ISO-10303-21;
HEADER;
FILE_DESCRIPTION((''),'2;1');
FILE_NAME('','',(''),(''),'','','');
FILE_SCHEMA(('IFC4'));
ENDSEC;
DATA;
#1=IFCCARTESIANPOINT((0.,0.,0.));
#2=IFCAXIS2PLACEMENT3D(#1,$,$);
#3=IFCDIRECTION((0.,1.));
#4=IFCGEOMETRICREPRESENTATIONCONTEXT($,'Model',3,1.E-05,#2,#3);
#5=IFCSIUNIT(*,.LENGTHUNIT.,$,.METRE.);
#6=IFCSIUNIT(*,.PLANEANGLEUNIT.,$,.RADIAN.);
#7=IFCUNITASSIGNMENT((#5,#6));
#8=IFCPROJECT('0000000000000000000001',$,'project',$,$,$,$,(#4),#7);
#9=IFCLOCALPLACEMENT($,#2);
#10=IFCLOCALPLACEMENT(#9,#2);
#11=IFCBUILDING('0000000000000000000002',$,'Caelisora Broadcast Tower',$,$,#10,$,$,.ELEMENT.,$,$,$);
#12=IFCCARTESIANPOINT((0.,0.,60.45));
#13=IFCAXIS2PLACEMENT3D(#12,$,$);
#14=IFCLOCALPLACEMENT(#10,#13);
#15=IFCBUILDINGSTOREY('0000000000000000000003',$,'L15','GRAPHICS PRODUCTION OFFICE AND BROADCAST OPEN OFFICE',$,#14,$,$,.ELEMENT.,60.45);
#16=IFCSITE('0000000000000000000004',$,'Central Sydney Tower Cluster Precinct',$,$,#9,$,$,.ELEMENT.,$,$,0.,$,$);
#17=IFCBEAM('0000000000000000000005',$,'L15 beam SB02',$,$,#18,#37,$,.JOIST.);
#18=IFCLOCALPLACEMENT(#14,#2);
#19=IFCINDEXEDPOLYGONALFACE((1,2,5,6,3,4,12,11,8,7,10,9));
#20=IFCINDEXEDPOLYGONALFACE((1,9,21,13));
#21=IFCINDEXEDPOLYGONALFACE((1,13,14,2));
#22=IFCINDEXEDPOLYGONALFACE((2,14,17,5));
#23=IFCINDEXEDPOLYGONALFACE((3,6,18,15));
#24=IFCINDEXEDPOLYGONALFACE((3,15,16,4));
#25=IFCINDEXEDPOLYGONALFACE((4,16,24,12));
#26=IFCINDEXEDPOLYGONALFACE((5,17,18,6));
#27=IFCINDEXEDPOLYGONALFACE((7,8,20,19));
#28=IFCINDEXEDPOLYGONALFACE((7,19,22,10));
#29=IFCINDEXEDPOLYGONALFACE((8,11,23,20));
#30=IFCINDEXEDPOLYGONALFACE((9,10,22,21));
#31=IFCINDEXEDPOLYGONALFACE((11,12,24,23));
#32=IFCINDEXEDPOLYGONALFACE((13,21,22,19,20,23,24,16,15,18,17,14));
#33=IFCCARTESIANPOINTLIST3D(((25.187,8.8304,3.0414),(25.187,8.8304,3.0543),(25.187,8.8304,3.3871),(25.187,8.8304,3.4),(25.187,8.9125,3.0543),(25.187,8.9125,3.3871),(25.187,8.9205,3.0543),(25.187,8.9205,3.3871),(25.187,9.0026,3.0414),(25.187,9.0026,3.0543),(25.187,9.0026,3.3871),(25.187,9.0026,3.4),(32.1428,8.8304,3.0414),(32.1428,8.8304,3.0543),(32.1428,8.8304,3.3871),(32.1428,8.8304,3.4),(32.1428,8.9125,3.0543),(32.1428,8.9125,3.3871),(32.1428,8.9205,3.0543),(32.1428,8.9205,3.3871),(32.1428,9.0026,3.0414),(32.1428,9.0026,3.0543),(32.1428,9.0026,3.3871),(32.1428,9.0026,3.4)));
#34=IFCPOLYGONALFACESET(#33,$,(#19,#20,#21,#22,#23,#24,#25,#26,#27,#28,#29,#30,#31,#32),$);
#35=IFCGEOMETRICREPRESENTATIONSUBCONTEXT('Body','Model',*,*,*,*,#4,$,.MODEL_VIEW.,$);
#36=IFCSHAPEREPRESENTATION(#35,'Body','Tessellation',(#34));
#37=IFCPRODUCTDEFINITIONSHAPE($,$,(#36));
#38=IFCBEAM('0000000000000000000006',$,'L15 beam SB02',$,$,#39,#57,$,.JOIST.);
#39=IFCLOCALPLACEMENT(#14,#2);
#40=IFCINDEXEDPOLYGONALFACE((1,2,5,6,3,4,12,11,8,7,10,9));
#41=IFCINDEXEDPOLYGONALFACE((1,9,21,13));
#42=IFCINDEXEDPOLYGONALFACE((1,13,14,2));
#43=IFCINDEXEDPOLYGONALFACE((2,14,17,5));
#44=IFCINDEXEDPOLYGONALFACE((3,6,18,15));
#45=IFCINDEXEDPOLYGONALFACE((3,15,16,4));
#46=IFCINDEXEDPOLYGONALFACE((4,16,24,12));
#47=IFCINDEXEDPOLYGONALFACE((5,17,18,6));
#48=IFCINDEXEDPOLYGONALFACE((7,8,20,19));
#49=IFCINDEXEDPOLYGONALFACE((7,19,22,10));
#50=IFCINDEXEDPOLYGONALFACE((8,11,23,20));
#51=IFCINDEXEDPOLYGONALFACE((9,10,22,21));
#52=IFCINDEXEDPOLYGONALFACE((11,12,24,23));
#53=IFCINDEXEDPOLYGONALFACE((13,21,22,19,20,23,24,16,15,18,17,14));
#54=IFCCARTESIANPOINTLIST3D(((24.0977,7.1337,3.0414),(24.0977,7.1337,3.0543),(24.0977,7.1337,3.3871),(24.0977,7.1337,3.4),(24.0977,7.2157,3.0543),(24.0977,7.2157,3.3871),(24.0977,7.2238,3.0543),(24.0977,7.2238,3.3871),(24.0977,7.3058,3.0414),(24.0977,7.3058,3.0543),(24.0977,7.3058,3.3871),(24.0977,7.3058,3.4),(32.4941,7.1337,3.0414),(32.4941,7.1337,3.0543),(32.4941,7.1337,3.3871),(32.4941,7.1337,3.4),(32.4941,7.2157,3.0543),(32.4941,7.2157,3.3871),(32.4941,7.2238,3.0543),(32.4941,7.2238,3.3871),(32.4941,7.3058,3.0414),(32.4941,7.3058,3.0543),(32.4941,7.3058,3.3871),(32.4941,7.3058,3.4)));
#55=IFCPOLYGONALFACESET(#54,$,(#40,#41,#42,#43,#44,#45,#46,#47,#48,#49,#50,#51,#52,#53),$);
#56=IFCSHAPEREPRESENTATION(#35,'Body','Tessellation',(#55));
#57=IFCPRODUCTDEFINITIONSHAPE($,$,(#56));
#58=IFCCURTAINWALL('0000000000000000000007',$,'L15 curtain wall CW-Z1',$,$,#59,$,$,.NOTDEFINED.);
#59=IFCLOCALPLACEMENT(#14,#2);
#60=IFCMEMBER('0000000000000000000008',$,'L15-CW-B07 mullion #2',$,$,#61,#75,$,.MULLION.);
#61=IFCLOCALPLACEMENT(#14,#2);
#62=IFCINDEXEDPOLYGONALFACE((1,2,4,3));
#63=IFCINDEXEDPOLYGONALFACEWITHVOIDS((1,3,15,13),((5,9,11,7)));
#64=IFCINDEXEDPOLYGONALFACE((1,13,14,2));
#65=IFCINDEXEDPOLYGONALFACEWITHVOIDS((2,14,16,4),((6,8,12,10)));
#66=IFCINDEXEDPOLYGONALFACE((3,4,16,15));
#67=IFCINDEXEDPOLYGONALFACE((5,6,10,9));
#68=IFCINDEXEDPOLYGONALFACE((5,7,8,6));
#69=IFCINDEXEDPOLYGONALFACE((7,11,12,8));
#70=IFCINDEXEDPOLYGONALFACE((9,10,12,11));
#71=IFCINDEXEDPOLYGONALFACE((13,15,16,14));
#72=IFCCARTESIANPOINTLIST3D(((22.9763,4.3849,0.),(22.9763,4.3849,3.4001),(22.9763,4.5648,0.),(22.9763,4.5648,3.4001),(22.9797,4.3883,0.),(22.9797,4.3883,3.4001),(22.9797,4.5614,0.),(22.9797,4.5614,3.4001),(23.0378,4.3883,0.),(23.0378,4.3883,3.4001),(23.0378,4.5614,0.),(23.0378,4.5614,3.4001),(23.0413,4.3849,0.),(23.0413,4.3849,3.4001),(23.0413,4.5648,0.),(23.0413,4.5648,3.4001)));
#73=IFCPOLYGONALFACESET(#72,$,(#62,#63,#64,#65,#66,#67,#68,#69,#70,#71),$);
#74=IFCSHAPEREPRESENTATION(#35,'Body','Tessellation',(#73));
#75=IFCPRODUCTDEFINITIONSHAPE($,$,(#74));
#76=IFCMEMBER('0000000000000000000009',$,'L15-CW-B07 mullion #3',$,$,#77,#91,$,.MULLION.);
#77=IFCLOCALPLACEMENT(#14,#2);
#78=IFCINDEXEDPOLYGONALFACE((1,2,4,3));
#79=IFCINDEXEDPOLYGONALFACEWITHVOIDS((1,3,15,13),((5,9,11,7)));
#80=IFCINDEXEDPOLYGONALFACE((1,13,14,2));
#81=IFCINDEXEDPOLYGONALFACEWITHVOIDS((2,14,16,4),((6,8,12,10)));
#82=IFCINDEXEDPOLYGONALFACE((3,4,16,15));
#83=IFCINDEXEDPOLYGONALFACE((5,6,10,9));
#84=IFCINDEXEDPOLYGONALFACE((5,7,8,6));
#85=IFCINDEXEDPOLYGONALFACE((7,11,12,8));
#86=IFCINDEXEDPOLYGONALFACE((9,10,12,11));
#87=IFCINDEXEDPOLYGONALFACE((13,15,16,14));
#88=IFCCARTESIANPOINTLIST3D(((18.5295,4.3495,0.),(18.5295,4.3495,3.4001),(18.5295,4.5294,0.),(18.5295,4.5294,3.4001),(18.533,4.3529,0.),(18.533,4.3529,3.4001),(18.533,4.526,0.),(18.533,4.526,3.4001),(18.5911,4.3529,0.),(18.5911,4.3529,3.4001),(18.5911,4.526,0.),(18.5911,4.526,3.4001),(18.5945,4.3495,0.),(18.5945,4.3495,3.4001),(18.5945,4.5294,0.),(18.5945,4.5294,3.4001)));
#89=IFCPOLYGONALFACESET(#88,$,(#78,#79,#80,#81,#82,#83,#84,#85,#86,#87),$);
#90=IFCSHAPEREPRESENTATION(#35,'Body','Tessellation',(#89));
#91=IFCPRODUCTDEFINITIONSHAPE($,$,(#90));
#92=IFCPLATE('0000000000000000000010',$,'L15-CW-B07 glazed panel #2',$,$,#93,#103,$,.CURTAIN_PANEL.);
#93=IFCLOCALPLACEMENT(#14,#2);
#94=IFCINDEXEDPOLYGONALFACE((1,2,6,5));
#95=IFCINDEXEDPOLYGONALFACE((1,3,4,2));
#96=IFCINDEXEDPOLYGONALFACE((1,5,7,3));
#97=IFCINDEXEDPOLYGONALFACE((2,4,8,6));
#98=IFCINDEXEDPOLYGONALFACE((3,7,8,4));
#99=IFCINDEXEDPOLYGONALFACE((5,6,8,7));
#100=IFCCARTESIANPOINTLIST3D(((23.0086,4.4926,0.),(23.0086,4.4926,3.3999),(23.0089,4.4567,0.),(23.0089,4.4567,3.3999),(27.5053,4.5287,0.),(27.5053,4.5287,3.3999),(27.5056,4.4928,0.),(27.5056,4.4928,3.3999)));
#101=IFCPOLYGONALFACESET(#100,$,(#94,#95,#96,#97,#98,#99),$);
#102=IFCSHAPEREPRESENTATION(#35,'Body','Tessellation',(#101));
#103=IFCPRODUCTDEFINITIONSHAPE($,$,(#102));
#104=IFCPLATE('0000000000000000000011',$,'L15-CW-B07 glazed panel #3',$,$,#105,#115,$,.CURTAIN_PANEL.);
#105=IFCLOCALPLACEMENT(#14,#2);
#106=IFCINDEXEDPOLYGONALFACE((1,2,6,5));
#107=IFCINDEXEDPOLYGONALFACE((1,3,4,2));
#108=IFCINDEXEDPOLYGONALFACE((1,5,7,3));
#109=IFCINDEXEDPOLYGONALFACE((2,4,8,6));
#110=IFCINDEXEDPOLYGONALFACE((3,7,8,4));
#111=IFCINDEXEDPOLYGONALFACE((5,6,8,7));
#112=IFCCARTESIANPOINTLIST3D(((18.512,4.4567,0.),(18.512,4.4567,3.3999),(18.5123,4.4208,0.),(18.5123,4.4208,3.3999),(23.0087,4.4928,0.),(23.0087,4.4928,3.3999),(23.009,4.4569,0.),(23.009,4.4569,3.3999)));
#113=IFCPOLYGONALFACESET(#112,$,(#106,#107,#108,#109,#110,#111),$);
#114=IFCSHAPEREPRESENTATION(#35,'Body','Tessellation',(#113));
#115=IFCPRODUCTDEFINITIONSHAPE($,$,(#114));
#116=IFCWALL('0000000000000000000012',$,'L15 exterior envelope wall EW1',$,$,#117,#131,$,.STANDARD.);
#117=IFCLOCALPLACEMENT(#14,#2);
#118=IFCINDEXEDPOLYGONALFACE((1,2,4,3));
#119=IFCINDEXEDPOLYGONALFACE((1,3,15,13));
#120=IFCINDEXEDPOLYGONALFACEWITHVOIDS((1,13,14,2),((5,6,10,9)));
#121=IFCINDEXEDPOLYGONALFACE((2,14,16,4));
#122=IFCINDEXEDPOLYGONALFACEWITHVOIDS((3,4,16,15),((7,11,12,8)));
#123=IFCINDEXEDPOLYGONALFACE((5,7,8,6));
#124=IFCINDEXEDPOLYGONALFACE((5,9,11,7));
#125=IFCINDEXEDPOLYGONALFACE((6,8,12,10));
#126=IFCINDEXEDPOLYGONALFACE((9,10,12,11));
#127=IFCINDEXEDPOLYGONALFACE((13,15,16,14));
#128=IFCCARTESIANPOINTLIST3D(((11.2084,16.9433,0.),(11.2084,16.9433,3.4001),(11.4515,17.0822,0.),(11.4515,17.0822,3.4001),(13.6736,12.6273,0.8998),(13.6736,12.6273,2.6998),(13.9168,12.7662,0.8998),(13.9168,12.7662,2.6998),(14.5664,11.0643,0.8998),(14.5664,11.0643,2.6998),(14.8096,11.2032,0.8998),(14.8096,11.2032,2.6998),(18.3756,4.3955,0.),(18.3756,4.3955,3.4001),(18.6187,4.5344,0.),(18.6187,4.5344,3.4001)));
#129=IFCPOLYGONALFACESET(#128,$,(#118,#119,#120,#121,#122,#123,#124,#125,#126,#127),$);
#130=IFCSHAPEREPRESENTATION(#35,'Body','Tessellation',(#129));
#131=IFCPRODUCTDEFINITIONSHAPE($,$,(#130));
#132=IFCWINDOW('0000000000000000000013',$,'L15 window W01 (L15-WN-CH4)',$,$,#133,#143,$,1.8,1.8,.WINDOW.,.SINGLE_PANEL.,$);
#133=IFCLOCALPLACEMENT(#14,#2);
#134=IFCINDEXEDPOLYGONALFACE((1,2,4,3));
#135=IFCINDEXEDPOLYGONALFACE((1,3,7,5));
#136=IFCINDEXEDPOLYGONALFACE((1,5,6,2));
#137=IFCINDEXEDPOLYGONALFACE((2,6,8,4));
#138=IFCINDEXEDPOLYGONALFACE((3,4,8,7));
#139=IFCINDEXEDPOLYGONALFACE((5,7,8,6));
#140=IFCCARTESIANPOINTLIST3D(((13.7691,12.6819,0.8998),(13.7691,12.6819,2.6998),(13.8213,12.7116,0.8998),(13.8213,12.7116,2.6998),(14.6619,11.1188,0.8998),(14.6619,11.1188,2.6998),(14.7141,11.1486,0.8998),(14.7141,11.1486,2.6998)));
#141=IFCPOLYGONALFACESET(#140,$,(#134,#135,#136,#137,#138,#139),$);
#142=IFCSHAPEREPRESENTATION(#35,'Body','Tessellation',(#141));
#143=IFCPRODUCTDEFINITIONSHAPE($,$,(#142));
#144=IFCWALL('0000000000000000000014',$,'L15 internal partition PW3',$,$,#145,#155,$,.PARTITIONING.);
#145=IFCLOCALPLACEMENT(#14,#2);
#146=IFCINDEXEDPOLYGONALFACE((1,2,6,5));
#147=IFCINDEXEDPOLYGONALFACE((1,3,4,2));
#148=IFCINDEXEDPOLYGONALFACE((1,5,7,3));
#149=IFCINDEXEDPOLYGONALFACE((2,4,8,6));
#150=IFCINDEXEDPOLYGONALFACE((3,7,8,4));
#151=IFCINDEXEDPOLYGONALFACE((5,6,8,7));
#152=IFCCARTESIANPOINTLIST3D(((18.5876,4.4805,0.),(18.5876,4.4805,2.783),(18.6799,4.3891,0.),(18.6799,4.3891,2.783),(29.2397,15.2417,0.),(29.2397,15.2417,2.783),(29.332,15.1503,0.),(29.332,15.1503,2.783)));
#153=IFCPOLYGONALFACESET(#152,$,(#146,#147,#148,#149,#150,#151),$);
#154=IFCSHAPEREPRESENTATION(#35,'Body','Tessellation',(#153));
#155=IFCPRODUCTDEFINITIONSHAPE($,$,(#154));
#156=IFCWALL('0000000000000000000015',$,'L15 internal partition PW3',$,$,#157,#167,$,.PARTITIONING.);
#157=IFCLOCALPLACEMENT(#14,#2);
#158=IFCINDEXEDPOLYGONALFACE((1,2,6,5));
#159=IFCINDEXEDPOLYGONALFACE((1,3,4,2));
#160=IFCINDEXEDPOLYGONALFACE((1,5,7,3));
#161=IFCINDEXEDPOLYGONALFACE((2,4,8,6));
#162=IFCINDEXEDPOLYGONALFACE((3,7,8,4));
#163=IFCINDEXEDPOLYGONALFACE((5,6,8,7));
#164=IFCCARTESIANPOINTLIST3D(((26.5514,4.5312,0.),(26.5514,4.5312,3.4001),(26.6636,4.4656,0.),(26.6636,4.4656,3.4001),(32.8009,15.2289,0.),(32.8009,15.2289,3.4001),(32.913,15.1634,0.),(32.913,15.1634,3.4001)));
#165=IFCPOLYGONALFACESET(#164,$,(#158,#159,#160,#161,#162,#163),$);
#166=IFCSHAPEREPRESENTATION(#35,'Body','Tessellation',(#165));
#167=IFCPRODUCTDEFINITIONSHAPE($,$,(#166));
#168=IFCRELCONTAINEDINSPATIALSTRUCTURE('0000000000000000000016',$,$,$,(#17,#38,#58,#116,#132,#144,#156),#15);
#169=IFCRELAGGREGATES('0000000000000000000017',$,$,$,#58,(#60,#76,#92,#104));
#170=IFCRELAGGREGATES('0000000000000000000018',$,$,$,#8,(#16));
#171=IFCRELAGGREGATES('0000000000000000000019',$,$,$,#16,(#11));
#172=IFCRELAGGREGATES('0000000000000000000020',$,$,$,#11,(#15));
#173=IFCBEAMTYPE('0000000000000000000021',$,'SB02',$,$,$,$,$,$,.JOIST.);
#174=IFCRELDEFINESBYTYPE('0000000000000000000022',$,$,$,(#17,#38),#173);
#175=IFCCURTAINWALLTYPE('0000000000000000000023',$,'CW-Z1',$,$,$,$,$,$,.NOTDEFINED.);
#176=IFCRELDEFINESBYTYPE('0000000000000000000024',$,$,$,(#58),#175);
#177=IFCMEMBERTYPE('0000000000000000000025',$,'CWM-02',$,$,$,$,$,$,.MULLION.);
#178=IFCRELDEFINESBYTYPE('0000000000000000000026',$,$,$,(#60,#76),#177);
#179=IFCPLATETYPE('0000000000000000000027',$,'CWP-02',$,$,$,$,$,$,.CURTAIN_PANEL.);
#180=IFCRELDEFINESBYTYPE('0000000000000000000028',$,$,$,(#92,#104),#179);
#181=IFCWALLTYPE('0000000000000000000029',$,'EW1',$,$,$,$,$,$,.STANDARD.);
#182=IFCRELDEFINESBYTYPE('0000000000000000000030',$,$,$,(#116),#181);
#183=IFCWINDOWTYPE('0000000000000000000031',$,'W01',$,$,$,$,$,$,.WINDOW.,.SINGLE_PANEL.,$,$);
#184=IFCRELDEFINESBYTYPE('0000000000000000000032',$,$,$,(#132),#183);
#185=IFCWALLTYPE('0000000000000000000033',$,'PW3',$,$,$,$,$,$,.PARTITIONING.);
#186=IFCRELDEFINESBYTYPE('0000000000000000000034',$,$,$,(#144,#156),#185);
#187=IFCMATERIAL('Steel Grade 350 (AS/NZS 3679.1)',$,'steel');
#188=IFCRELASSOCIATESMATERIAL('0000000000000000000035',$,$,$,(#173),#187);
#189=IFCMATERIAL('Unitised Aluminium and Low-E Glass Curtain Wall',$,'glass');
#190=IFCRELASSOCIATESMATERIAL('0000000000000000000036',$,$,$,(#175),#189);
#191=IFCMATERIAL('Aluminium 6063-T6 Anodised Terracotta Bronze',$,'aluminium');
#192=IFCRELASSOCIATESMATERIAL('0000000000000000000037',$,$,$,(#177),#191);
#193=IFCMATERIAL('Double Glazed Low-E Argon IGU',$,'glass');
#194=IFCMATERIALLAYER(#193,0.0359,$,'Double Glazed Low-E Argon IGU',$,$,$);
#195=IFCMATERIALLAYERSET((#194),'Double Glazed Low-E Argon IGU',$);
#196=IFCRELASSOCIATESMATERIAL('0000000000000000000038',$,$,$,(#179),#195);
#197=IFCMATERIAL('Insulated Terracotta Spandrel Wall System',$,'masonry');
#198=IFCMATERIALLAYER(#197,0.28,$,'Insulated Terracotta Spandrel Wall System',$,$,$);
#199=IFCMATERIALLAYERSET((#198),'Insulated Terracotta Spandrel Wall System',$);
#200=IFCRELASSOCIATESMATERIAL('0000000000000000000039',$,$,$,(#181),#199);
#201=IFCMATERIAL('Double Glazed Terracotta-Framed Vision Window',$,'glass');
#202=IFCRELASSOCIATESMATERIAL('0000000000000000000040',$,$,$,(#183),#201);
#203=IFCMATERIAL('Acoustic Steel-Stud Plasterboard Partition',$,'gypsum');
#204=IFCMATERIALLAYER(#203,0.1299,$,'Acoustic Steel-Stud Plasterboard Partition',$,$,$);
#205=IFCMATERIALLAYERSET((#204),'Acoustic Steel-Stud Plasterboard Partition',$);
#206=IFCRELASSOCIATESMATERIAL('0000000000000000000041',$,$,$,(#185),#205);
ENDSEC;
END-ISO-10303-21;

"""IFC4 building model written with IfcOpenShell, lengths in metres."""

from ifc_helpers import new_model, si_unit, direction, frame, frame_2d, origin, origin_2d, place, context, subcontext, project, spatial, rectangle, hollow_rectangle, i_section, extrude, source, transform, mapped, material, layer, layer_set, material_profile, profile_set, type_object, type_shapes, element, fill, aggregate, save


model = new_model("IFC4")

# Units and contexts
model_context = context("Model", 3, precision=1e-05, world=origin(), true_north=direction((0.0, 1.0)))
body_context = subcontext(model_context, "Body", "Model", "MODEL_VIEW")
ifc_project = project(units=[si_unit("LENGTHUNIT", "METRE"), si_unit("PLANEANGLEUNIT", "RADIAN")], contexts=[model_context])

# Site, building, storey
site_placement = place(None, origin())
site = spatial("IfcSite", under=ifc_project, at=site_placement, Name="Central Sydney Tower Cluster Precinct", CompositionType="ELEMENT", RefElevation=0.0)
building_placement = place(site_placement, origin())
building = spatial("IfcBuilding", under=site, at=building_placement, Name="Caelisora Broadcast Tower", CompositionType="ELEMENT")
storey_placement = place(building_placement, frame((0.0, 0.0, 60.45)))
storey = spatial("IfcBuildingStorey", under=building, at=storey_placement, Name="L15", Description="GRAPHICS PRODUCTION OFFICE AND BROADCAST OPEN OFFICE", CompositionType="ELEMENT", Elevation=60.45)

# Beams
ifc_material_1 = material(Name="Steel Grade 350 (AS/NZS 3679.1)", Category="steel")
ifc_material_profile_1 = material_profile(ifc_material_1, i_section(OverallWidth=0.1721, OverallDepth=0.3586, WebThickness=0.0081, FlangeThickness=0.0129, at=origin_2d()), Name="Steel Grade 350 (AS/NZS 3679.1)")
ifc_profile_set_1 = profile_set([ifc_material_profile_1], Name="Steel Grade 350 (AS/NZS 3679.1)")
beam_type_1 = type_object("IfcBeamType", Name="SB02", PredefinedType="JOIST", material=ifc_profile_set_1)
shared_shape_1 = source(origin(), body_context, "Body", "SweptSolid", [
    extrude(i_section(OverallWidth=0.1721, OverallDepth=0.3586, WebThickness=0.0081, FlangeThickness=0.0129, at=origin_2d()), origin(), (0.0, 0.0, 1.0), 6.9558),
])
beam_1_placement = place(storey_placement, frame((25.187, 8.9165, 3.2207), z_axis=(1.0, 0.0, 0.0), x_axis=(0.0, 1.0, 0.0)))
element("IfcBeam", 1, at=beam_1_placement, inside=storey, type_object=beam_type_1, Name="L15 beam SB02", PredefinedType="JOIST", context=body_context, shape_type="MappedRepresentation", body=[
    mapped(shared_shape_1, transform((0.0, 0.0, 0.0), scale=1.0)),
])
shared_shape_2 = source(origin(), body_context, "Body", "SweptSolid", [
    extrude(i_section(OverallWidth=0.1721, OverallDepth=0.3586, WebThickness=0.0081, FlangeThickness=0.0129, at=origin_2d()), origin(), (0.0, 0.0, 1.0), 8.3965),
])
beam_2_placement = place(storey_placement, frame((24.0977, 7.2197, 3.2207), z_axis=(1.0, 0.0, 0.0), x_axis=(0.0, 1.0, 0.0)))
element("IfcBeam", 2, at=beam_2_placement, inside=storey, type_object=beam_type_1, Name="L15 beam SB02", PredefinedType="JOIST", context=body_context, shape_type="MappedRepresentation", body=[
    mapped(shared_shape_2, transform((0.0, 0.0, 0.0), scale=1.0)),
])

# Curtain wall, members, plates
ifc_material_2 = material(Name="Unitised Aluminium and Low-E Glass Curtain Wall", Category="glass")
curtain_wall_type = type_object("IfcCurtainWallType", Name="CW-Z1", PredefinedType="NOTDEFINED", material=ifc_material_2)
curtain_wall_placement = place(storey_placement, origin())
curtain_wall = element("IfcCurtainWall", 3, at=curtain_wall_placement, inside=storey, type_object=curtain_wall_type, Name="L15 curtain wall CW-Z1", PredefinedType="NOTDEFINED")
ifc_material_3 = material(Name="Aluminium 6063-T6 Anodised Terracotta Bronze", Category="aluminium")
ifc_material_profile_2 = material_profile(ifc_material_3, hollow_rectangle(XDim=0.0649, YDim=0.1799, WallThickness=0.0034, at=origin_2d()), Name="Aluminium 6063-T6 Anodised Terracotta Bronze")
ifc_profile_set_2 = profile_set([ifc_material_profile_2], Name="Aluminium 6063-T6 Anodised Terracotta Bronze")
member_type = type_object("IfcMemberType", Name="CWM-02", PredefinedType="MULLION", material=ifc_profile_set_2)
shared_shape_3 = source(origin(), body_context, "Body", "SweptSolid", [
    extrude(hollow_rectangle(XDim=0.0649, YDim=0.1799, WallThickness=0.0034, at=origin_2d()), origin(), (0.0, 0.0, 1.0), 3.4001),
])
type_shapes(member_type, [shared_shape_3])
member_1_placement = place(storey_placement, frame((23.0088, 4.4749, 0.0), z_axis=(0.0, 0.0, 1.0), x_axis=(1.0, 0.0, 0.0)))
member_1 = element("IfcMember", 4, at=member_1_placement, type_object=member_type, Name="L15-CW-B07 mullion #2", PredefinedType="MULLION", context=body_context, shape_type="MappedRepresentation", body=[
    mapped(shared_shape_3, transform((0.0, 0.0, 0.0), scale=1.0)),
])
member_2_placement = place(storey_placement, frame((18.562, 4.4395, 0.0), z_axis=(0.0, 0.0, 1.0), x_axis=(1.0, 0.0, 0.0)))
member_2 = element("IfcMember", 5, at=member_2_placement, type_object=member_type, Name="L15-CW-B07 mullion #3", PredefinedType="MULLION", context=body_context, shape_type="MappedRepresentation", body=[
    mapped(shared_shape_3, transform((0.0, 0.0, 0.0), scale=1.0)),
])
ifc_material_4 = material(Name="Double Glazed Low-E Argon IGU", Category="glass")
ifc_layer_1 = layer(ifc_material_4, 0.0359, Name="Double Glazed Low-E Argon IGU")
ifc_layer_set_1 = layer_set([ifc_layer_1], Name="Double Glazed Low-E Argon IGU")
plate_type = type_object("IfcPlateType", Name="CWP-02", PredefinedType="CURTAIN_PANEL", material=ifc_layer_set_1)
shared_shape_4 = source(origin(), body_context, "Body", "SweptSolid", [
    extrude(rectangle(XDim=4.4968, YDim=0.0359, at=origin_2d()), origin(), (0.0, 0.0, 1.0), 3.3999),
])
type_shapes(plate_type, [shared_shape_4])
plate_1_placement = place(storey_placement, frame((25.2571, 4.4927, 0.0), z_axis=(0.0, 0.0, 1.0), x_axis=(-0.999968, -0.008028, 0.0)))
plate_1 = element("IfcPlate", 6, at=plate_1_placement, type_object=plate_type, Name="L15-CW-B07 glazed panel #2", PredefinedType="CURTAIN_PANEL", context=body_context, shape_type="MappedRepresentation", body=[
    mapped(shared_shape_4, transform((0.0, 0.0, 0.0), scale=1.0)),
])
plate_2_placement = place(storey_placement, frame((20.7605, 4.4568, 0.0), z_axis=(0.0, 0.0, 1.0), x_axis=(-0.999968, -0.008028, 0.0)))
plate_2 = element("IfcPlate", 7, at=plate_2_placement, type_object=plate_type, Name="L15-CW-B07 glazed panel #3", PredefinedType="CURTAIN_PANEL", context=body_context, shape_type="MappedRepresentation", body=[
    mapped(shared_shape_4, transform((0.0, 0.0, 0.0), scale=1.0)),
])
aggregate(curtain_wall, [member_1, member_2, plate_1, plate_2])

# Wall, opening, window
ifc_material_5 = material(Name="Insulated Terracotta Spandrel Wall System", Category="masonry")
ifc_layer_2 = layer(ifc_material_5, 0.28, Name="Insulated Terracotta Spandrel Wall System")
ifc_layer_set_2 = layer_set([ifc_layer_2], Name="Insulated Terracotta Spandrel Wall System")
wall_type_1 = type_object("IfcWallType", Name="EW1", PredefinedType="STANDARD", material=ifc_layer_set_2)
wall_1_placement = place(storey_placement, frame((18.4971, 4.4651, 0.0), z_axis=(0.0, 0.0, 1.0), x_axis=(-0.495984, 0.868332, 0.0)))
wall_1 = element("IfcWall", 8, at=wall_1_placement, inside=storey, type_object=wall_type_1, Name="L15 exterior envelope wall EW1", PredefinedType="STANDARD", context=body_context, shape_type="SweptSolid", body=[
    extrude(rectangle(XDim=14.4504, YDim=0.28, at=frame_2d((7.2251, 0.0))), origin(), (0.0, 0.0, 1.0), 3.4001),
])
opening_1_placement = place(wall_1_placement, frame((7.6799, 0.0, 0.8999)))
opening_1 = element("IfcOpeningElement", 9, at=opening_1_placement, cuts=wall_1, PredefinedType="OPENING", context=body_context, shape_type="SweptSolid", body=[
    extrude(rectangle(XDim=1.8, YDim=1.8, at=frame_2d((0.8999, 0.8999))), frame((0.0, 0.1521, 0.0), z_axis=(0.0, -1.0, 0.0), x_axis=(1.0, 0.0, 0.0)), (0.0, 0.0, 1.0), 0.304),
])
ifc_material_6 = material(Name="Double Glazed Terracotta-Framed Vision Window", Category="glass")
window_type = type_object("IfcWindowType", Name="W01", PartitioningType="SINGLE_PANEL", PredefinedType="WINDOW", material=ifc_material_6)
window_placement = place(opening_1_placement, origin())
window = element("IfcWindow", 10, at=window_placement, inside=storey, type_object=window_type, Name="L15 window W01 (L15-WN-CH4)", OverallHeight=1.8, OverallWidth=1.8, PartitioningType="SINGLE_PANEL", PredefinedType="WINDOW", context=body_context, shape_type="SweptSolid", body=[
    extrude(rectangle(XDim=1.8, YDim=1.8, at=frame_2d((0.8999, 0.8999))), frame((0.0, 0.03, 0.0), z_axis=(0.0, -1.0, 0.0), x_axis=(1.0, 0.0, 0.0)), (0.0, 0.0, 1.0), 0.0601),
])
fill(opening_1, window)

# Walls
ifc_material_7 = material(Name="Acoustic Steel-Stud Plasterboard Partition", Category="gypsum")
ifc_layer_3 = layer(ifc_material_7, 0.1299, Name="Acoustic Steel-Stud Plasterboard Partition")
ifc_layer_set_3 = layer_set([ifc_layer_3], Name="Acoustic Steel-Stud Plasterboard Partition")
wall_type_2 = type_object("IfcWallType", Name="PW3", PredefinedType="PARTITIONING", material=ifc_layer_set_3)
wall_2_placement = place(storey_placement, frame((18.6338, 4.4348, 0.0), z_axis=(0.0, 0.0, 1.0), x_axis=(0.703494, 0.710701, 0.0)))
element("IfcWall", 11, at=wall_2_placement, inside=storey, type_object=wall_type_2, Name="L15 internal partition PW3", PredefinedType="PARTITIONING", context=body_context, shape_type="SweptSolid", body=[
    extrude(rectangle(XDim=15.1416, YDim=0.1299, at=frame_2d((7.5708, 0.0))), origin(), (0.0, 0.0, 1.0), 2.783),
])
wall_3_placement = place(storey_placement, frame((26.6074, 4.4983, 0.0), z_axis=(0.0, 0.0, 1.0), x_axis=(0.504422, 0.863457, 0.0)))
element("IfcWall", 12, at=wall_3_placement, inside=storey, type_object=wall_type_2, Name="L15 internal partition PW3", PredefinedType="PARTITIONING", context=body_context, shape_type="SweptSolid", body=[
    extrude(rectangle(XDim=12.3894, YDim=0.1299, at=frame_2d((6.1948, 0.0))), origin(), (0.0, 0.0, 1.0), 3.4001),
])

save(model, "model.ifc")
